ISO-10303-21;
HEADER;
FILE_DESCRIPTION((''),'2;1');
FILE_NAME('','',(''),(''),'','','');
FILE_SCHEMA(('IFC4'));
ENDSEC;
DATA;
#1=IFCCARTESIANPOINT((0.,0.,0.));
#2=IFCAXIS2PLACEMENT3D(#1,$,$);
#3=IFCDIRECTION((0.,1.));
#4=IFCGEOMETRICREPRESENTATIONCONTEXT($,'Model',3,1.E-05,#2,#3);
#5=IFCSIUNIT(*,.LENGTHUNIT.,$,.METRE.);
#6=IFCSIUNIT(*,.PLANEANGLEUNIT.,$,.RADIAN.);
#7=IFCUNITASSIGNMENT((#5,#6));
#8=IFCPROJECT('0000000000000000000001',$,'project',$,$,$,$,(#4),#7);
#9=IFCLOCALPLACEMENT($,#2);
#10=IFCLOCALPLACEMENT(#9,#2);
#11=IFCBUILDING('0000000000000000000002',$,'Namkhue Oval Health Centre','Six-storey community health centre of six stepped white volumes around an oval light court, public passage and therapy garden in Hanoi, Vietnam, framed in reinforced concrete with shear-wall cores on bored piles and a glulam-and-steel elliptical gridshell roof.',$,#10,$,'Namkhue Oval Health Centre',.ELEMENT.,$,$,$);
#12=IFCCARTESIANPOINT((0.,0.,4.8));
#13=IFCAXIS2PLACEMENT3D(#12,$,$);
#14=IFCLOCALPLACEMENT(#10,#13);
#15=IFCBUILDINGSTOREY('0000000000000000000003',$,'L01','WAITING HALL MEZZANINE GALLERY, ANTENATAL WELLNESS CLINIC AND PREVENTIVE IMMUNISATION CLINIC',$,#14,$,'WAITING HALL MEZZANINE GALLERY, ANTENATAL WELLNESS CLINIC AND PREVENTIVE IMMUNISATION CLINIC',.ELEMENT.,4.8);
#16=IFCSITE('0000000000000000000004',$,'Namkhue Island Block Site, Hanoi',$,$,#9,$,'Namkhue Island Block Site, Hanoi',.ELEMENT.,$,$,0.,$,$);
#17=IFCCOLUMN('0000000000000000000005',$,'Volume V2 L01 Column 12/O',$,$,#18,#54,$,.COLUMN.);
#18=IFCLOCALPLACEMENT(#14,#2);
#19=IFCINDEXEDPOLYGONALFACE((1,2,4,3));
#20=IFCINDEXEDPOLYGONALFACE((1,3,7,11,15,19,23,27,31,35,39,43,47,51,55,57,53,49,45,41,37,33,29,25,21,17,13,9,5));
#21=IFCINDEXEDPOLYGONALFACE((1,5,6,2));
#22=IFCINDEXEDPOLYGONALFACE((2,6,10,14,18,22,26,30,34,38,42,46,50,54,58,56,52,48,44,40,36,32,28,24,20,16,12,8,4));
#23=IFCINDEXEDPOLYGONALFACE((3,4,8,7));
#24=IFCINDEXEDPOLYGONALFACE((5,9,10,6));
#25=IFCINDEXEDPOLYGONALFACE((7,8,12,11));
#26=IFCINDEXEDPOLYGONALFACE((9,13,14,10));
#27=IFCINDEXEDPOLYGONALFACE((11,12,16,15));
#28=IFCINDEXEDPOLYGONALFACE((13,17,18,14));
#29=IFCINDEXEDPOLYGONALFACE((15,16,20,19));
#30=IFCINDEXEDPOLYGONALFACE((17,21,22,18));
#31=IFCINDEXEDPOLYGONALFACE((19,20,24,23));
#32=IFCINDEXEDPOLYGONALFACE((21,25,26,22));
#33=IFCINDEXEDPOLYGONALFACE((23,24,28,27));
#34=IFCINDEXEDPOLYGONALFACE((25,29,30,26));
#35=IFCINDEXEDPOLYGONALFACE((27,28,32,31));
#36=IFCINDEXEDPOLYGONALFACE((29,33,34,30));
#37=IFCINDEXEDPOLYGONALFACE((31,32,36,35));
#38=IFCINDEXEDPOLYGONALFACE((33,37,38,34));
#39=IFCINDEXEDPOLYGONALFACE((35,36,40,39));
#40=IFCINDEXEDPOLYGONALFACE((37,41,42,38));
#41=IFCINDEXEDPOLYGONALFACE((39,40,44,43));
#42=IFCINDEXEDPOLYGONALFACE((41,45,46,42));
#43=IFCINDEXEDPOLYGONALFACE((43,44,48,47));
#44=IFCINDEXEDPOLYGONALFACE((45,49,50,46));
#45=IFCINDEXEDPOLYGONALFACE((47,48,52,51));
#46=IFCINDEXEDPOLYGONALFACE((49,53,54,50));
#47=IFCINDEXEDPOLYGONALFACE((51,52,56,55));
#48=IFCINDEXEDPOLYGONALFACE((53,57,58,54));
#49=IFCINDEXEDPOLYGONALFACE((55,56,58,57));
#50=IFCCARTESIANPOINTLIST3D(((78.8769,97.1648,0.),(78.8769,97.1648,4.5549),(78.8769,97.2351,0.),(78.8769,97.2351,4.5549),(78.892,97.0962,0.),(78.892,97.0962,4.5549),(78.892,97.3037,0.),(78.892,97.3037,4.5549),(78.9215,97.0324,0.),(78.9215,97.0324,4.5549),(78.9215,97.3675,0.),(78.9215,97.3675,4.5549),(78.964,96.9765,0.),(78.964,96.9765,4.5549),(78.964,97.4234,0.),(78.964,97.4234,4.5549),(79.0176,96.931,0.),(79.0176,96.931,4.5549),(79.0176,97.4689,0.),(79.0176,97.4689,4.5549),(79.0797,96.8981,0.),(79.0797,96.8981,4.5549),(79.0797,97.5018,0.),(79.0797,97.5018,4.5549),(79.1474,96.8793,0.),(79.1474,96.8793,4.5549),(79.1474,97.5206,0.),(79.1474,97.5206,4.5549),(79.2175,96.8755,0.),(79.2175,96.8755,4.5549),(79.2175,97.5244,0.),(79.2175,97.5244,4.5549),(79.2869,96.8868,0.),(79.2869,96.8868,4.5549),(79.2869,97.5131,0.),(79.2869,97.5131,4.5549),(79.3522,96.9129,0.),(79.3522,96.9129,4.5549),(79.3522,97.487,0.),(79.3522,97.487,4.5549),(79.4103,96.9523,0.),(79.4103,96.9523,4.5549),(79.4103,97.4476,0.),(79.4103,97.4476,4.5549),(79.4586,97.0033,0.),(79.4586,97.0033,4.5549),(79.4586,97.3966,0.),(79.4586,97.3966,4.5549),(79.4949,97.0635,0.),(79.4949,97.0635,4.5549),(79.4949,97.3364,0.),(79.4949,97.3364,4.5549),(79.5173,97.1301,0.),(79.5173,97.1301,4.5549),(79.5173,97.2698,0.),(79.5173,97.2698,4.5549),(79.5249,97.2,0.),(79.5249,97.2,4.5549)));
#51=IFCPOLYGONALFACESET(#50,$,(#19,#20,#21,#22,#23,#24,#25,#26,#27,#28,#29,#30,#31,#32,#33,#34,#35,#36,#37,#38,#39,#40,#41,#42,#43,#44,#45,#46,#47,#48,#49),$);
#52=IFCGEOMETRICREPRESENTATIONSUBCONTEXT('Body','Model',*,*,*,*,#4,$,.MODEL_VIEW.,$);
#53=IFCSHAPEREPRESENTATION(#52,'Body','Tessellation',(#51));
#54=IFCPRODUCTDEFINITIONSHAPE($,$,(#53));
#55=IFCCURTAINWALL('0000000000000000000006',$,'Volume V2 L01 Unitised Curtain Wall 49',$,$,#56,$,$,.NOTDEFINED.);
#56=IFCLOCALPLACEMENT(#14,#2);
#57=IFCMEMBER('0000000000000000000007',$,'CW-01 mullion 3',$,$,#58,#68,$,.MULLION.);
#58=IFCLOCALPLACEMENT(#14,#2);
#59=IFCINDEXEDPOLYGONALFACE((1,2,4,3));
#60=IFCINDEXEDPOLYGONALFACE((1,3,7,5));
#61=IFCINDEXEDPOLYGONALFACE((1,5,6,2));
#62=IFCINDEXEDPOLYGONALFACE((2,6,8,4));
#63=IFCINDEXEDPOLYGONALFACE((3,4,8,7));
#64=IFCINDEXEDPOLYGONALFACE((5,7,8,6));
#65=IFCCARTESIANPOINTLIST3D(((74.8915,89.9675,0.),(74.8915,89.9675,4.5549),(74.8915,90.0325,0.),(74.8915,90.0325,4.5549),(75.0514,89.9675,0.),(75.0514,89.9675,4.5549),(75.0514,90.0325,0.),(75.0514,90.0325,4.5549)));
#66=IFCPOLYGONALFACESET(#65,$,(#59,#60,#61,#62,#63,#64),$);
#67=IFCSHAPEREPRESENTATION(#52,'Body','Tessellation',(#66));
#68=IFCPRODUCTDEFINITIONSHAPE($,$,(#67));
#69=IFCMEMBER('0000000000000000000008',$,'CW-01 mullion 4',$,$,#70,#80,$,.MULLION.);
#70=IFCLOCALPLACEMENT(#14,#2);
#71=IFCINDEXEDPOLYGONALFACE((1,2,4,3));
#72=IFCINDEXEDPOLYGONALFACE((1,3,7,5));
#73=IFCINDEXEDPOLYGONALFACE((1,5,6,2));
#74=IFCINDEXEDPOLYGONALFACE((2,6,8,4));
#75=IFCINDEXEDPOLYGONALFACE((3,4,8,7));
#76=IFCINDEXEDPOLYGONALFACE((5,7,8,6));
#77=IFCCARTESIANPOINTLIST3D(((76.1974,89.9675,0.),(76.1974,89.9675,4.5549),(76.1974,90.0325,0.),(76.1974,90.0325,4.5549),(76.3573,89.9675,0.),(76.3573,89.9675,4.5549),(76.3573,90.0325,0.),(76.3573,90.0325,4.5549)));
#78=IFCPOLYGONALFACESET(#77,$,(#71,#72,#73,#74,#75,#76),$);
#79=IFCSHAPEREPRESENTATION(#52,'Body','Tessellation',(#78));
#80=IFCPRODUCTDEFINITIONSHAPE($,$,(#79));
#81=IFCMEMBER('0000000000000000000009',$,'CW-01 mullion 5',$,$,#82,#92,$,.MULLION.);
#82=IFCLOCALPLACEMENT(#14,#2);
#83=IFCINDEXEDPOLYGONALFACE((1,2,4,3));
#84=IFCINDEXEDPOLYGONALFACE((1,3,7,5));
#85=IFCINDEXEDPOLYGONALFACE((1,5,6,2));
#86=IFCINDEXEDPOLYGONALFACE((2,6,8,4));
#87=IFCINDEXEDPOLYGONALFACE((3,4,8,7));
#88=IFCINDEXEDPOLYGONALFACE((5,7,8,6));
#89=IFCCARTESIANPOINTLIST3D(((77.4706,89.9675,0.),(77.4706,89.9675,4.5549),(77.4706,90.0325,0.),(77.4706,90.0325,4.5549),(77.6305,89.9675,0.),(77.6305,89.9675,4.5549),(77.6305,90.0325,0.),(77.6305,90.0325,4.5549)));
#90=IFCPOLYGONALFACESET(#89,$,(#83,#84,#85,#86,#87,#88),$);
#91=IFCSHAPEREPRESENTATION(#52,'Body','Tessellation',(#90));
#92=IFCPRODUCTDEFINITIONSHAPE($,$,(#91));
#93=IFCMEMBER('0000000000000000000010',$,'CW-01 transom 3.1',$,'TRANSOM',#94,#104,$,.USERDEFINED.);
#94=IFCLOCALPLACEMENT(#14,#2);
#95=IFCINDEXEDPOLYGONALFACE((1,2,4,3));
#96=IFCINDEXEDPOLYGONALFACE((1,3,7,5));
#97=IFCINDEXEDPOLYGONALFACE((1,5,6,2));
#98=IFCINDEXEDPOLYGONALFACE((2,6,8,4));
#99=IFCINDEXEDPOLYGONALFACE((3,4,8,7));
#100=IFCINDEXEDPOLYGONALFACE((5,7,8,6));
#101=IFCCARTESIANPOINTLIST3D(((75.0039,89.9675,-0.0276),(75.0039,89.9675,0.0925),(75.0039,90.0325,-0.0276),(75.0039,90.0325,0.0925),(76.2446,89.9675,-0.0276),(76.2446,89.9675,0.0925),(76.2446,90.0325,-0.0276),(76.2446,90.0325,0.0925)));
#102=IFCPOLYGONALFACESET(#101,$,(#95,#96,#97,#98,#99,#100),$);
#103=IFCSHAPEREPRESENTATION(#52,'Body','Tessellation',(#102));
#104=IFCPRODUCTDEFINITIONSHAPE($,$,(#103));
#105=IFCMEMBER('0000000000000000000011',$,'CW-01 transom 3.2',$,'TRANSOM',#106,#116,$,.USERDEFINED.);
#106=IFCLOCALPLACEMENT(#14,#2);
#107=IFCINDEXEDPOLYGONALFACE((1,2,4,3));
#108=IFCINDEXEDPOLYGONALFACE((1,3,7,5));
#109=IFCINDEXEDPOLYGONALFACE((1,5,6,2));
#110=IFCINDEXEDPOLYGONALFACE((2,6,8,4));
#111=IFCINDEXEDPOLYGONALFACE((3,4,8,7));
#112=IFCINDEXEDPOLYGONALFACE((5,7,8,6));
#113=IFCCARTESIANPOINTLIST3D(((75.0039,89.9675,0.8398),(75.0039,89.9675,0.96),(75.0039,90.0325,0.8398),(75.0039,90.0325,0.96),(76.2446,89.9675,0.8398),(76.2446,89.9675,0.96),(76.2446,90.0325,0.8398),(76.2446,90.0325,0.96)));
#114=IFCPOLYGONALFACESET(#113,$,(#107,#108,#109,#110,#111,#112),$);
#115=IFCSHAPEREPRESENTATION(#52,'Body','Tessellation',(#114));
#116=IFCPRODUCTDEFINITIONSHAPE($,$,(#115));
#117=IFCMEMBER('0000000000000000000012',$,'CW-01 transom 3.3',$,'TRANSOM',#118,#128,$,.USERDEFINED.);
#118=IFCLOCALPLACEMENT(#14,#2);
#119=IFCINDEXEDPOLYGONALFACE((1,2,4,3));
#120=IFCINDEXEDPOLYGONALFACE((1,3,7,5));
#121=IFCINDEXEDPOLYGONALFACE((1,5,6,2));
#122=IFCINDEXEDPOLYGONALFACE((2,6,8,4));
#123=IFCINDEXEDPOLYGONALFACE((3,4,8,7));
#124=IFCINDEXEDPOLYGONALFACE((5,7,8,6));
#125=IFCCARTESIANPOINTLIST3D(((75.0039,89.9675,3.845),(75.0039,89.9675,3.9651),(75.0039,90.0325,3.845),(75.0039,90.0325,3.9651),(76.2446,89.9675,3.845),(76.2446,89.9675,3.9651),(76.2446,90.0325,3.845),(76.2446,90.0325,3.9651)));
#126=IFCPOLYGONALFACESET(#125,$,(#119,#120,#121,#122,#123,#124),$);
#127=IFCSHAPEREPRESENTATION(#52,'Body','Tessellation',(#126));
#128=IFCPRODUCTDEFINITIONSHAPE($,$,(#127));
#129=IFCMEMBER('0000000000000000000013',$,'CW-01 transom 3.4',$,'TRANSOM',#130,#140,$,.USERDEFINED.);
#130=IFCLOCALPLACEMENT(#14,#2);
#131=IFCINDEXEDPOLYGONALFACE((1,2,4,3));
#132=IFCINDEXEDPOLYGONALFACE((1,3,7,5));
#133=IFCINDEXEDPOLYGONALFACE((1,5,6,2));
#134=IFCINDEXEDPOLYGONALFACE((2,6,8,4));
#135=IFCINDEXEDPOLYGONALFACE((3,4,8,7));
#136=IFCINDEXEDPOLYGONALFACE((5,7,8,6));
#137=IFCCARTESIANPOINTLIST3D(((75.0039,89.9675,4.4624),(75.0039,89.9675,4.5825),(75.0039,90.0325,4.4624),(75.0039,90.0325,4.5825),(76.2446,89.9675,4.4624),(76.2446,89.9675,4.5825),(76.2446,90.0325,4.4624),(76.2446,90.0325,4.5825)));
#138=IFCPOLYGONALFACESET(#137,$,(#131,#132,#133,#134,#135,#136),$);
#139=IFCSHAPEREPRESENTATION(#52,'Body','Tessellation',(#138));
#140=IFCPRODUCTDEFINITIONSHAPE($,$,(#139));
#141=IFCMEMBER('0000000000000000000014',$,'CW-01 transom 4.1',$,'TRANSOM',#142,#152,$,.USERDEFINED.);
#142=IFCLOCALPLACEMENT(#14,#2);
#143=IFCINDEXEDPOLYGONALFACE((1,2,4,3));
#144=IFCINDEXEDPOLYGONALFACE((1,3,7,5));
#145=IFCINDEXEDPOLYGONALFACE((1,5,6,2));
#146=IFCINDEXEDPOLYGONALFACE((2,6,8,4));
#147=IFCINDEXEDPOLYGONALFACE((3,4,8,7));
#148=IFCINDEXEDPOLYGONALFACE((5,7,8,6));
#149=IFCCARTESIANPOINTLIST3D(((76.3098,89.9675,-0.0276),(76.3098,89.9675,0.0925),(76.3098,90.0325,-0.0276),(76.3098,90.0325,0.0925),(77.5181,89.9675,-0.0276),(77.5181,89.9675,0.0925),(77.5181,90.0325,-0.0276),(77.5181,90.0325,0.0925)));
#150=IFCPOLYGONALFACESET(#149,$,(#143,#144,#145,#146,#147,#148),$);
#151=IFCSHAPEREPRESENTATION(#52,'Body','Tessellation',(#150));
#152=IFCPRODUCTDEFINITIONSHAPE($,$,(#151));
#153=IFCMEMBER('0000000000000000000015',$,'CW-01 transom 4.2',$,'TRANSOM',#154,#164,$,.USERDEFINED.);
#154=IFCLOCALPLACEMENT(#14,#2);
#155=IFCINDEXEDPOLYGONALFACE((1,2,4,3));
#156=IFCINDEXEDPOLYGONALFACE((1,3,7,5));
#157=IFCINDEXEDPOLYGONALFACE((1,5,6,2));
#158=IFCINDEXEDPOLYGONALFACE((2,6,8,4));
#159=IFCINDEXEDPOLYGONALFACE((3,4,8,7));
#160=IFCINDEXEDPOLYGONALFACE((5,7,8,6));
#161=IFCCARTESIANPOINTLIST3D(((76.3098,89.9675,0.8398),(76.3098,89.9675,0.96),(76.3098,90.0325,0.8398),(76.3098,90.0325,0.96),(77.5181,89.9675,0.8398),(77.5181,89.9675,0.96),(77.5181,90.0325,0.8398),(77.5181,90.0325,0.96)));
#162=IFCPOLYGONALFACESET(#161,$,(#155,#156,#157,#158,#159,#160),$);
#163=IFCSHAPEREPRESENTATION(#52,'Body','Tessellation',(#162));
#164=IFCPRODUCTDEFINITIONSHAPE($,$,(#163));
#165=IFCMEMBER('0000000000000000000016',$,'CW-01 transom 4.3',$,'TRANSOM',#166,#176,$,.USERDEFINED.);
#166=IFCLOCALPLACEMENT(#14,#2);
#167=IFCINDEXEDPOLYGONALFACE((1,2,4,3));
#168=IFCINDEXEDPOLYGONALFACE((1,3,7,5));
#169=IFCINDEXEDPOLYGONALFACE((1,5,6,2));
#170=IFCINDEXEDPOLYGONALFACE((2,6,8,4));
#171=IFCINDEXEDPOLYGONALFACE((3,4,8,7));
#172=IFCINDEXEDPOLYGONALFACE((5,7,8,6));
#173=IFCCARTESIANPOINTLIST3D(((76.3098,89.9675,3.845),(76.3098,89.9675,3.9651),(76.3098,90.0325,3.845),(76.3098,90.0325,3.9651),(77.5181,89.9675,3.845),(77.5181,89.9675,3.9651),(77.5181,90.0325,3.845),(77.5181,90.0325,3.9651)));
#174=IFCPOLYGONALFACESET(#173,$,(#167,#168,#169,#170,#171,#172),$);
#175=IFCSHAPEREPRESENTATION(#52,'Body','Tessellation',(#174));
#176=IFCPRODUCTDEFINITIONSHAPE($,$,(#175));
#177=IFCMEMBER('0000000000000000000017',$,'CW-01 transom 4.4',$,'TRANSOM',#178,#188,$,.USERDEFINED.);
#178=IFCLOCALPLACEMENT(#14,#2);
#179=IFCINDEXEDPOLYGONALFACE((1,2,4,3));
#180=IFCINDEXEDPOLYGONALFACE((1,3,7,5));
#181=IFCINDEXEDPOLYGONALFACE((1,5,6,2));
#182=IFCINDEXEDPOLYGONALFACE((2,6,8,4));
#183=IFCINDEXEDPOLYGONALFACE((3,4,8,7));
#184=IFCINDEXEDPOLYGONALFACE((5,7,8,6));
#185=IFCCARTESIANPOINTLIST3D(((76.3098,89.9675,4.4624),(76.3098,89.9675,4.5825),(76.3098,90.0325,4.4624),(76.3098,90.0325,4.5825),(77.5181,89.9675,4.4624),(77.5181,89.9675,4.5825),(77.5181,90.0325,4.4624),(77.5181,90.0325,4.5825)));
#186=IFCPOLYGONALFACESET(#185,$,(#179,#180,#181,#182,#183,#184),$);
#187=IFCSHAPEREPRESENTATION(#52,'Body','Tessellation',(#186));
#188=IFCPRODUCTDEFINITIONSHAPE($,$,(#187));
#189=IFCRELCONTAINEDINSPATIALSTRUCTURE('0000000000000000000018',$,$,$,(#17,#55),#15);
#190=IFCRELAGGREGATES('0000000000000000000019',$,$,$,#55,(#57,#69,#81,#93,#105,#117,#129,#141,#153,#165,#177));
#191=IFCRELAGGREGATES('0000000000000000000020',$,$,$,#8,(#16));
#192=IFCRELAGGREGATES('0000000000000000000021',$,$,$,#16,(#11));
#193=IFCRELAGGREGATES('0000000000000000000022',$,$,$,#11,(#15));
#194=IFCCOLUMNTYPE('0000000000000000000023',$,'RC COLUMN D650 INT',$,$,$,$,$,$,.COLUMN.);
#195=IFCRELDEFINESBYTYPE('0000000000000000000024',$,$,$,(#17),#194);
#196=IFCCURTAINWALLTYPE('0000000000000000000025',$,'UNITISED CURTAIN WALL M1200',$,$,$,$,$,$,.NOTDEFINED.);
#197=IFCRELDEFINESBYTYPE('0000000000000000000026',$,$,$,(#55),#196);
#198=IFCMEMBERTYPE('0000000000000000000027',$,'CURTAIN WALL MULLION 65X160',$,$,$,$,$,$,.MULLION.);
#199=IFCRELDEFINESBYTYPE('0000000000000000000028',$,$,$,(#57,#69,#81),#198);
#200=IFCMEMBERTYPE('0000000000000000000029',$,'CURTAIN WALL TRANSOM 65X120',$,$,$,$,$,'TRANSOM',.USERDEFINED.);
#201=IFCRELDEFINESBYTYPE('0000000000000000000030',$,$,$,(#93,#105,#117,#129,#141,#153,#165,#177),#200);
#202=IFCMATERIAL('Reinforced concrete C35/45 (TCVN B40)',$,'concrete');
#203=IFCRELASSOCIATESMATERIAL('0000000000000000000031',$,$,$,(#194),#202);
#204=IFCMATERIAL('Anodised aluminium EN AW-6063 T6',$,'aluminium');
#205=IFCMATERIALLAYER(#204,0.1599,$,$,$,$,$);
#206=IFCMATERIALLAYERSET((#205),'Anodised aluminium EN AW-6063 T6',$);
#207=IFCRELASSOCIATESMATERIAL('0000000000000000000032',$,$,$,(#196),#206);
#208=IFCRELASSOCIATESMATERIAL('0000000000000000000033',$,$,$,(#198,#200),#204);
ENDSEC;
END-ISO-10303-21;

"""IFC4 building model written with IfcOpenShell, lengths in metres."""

from ifc_helpers import new_model, si_unit, direction, frame, origin, origin_2d, place, context, subcontext, project, spatial, rectangle, circle, extrude, material, layer, layer_set, material_profile, profile_set, type_object, element, aggregate, save


model = new_model("IFC4")

# Units and contexts
model_context = context("Model", 3, precision=1e-05, world=origin(), true_north=direction((0.0, 1.0)))
body_context = subcontext(model_context, "Body", "Model", "MODEL_VIEW")
ifc_project = project(units=[si_unit("LENGTHUNIT", "METRE"), si_unit("PLANEANGLEUNIT", "RADIAN")], contexts=[model_context])

# Site, building, storey
site_placement = place(None, origin())
site = spatial("IfcSite", under=ifc_project, at=site_placement, Name="Namkhue Island Block Site, Hanoi", LongName="Namkhue Island Block Site, Hanoi", CompositionType="ELEMENT", RefElevation=0.0)
building_placement = place(site_placement, origin())
building = spatial("IfcBuilding", under=site, at=building_placement, Name="Namkhue Oval Health Centre", Description="Six-storey community health centre of six stepped white volumes around an oval light court, public passage and therapy garden in Hanoi, Vietnam, framed in reinforced concrete with shear-wall cores on bored piles and a glulam-and-steel elliptical gridshell roof.", LongName="Namkhue Oval Health Centre", CompositionType="ELEMENT")
storey_placement = place(building_placement, frame((0.0, 0.0, 4.8)))
storey = spatial("IfcBuildingStorey", under=building, at=storey_placement, Name="L01", Description="WAITING HALL MEZZANINE GALLERY, ANTENATAL WELLNESS CLINIC AND PREVENTIVE IMMUNISATION CLINIC", LongName="WAITING HALL MEZZANINE GALLERY, ANTENATAL WELLNESS CLINIC AND PREVENTIVE IMMUNISATION CLINIC", CompositionType="ELEMENT", Elevation=4.8)

# Column
ifc_material_1 = material(Name="Reinforced concrete C35/45 (TCVN B40)", Category="concrete")
ifc_material_profile_1 = material_profile(ifc_material_1, circle(Radius=0.325, at=origin_2d()), Name="RC D650")
ifc_profile_set_1 = profile_set([ifc_material_profile_1], Name="Reinforced concrete C35/45 (TCVN B40)")
column_type = type_object("IfcColumnType", Name="RC COLUMN D650 INT", PredefinedType="COLUMN", material=ifc_profile_set_1)
column_placement = place(storey_placement, frame((79.2, 97.2, 0.0), z_axis=(0.0, 0.0, 1.0), x_axis=(1.0, 0.0, 0.0)))
element("IfcColumn", 1, at=column_placement, inside=storey, type_object=column_type, Name="Volume V2 L01 Column 12/O", PredefinedType="COLUMN", context=body_context, shape_type="SweptSolid", body=[
    extrude(circle(Radius=0.325, at=origin_2d()), origin(), (0.0, 0.0, 1.0), 4.5549),
])

# Curtain wall, members
ifc_material_2 = material(Name="Anodised aluminium EN AW-6063 T6", Category="aluminium")
ifc_layer_1 = layer(ifc_material_2, 0.1599)
ifc_layer_set_1 = layer_set([ifc_layer_1], Name="Anodised aluminium EN AW-6063 T6")
curtain_wall_type = type_object("IfcCurtainWallType", Name="UNITISED CURTAIN WALL M1200", PredefinedType="NOTDEFINED", material=ifc_layer_set_1)
curtain_wall_placement = place(storey_placement, origin())
curtain_wall = element("IfcCurtainWall", 2, at=curtain_wall_placement, inside=storey, type_object=curtain_wall_type, Name="Volume V2 L01 Unitised Curtain Wall 49", PredefinedType="NOTDEFINED")
ifc_material_profile_2 = material_profile(ifc_material_2, rectangle(XDim=0.0649, YDim=0.1599, at=origin_2d()), Name="ALU 65x160")
ifc_profile_set_2 = profile_set([ifc_material_profile_2], Name="Anodised aluminium EN AW-6063 T6")
member_type_1 = type_object("IfcMemberType", Name="CURTAIN WALL MULLION 65X160", PredefinedType="MULLION", material=ifc_profile_set_2)
member_1_placement = place(storey_placement, frame((74.9714, 90.0, 0.0), z_axis=(0.0, 0.0, 1.0), x_axis=(0.0, 1.0, 0.0)))
member_1 = element("IfcMember", 3, at=member_1_placement, type_object=member_type_1, Name="CW-01 mullion 3", PredefinedType="MULLION", context=body_context, shape_type="SweptSolid", body=[
    extrude(rectangle(XDim=0.0649, YDim=0.1599, at=origin_2d()), origin(), (0.0, 0.0, 1.0), 4.5549),
])
member_2_placement = place(storey_placement, frame((76.2773, 90.0, 0.0), z_axis=(0.0, 0.0, 1.0), x_axis=(0.0, 1.0, 0.0)))
member_2 = element("IfcMember", 4, at=member_2_placement, type_object=member_type_1, Name="CW-01 mullion 4", PredefinedType="MULLION", context=body_context, shape_type="SweptSolid", body=[
    extrude(rectangle(XDim=0.0649, YDim=0.1599, at=origin_2d()), origin(), (0.0, 0.0, 1.0), 4.5549),
])
member_3_placement = place(storey_placement, frame((77.5505, 90.0, 0.0), z_axis=(0.0, 0.0, 1.0), x_axis=(0.0, 1.0, 0.0)))
member_3 = element("IfcMember", 5, at=member_3_placement, type_object=member_type_1, Name="CW-01 mullion 5", PredefinedType="MULLION", context=body_context, shape_type="SweptSolid", body=[
    extrude(rectangle(XDim=0.0649, YDim=0.1599, at=origin_2d()), origin(), (0.0, 0.0, 1.0), 4.5549),
])
ifc_material_profile_3 = material_profile(ifc_material_2, rectangle(XDim=0.0649, YDim=0.1201, at=origin_2d()), Name="ALU 65x120")
ifc_profile_set_3 = profile_set([ifc_material_profile_3], Name="Anodised aluminium EN AW-6063 T6")
member_type_2 = type_object("IfcMemberType", Name="CURTAIN WALL TRANSOM 65X120", ElementType="TRANSOM", PredefinedType="USERDEFINED", material=ifc_profile_set_3)
member_4_placement = place(storey_placement, frame((75.0039, 90.0, 0.0325), z_axis=(1.0, 0.0, 0.0), x_axis=(0.0, 1.0, 0.0)))
member_4 = element("IfcMember", 6, at=member_4_placement, type_object=member_type_2, Name="CW-01 transom 3.1", ObjectType="TRANSOM", PredefinedType="USERDEFINED", context=body_context, shape_type="SweptSolid", body=[
    extrude(rectangle(XDim=0.0649, YDim=0.1201, at=origin_2d()), origin(), (0.0, 0.0, 1.0), 1.2407),
])
member_5_placement = place(storey_placement, frame((75.0039, 90.0, 0.8999), z_axis=(1.0, 0.0, 0.0), x_axis=(0.0, 1.0, 0.0)))
member_5 = element("IfcMember", 7, at=member_5_placement, type_object=member_type_2, Name="CW-01 transom 3.2", ObjectType="TRANSOM", PredefinedType="USERDEFINED", context=body_context, shape_type="SweptSolid", body=[
    extrude(rectangle(XDim=0.0649, YDim=0.1201, at=origin_2d()), origin(), (0.0, 0.0, 1.0), 1.2407),
])
member_6_placement = place(storey_placement, frame((75.0039, 90.0, 3.905), z_axis=(1.0, 0.0, 0.0), x_axis=(0.0, 1.0, 0.0)))
member_6 = element("IfcMember", 8, at=member_6_placement, type_object=member_type_2, Name="CW-01 transom 3.3", ObjectType="TRANSOM", PredefinedType="USERDEFINED", context=body_context, shape_type="SweptSolid", body=[
    extrude(rectangle(XDim=0.0649, YDim=0.1201, at=origin_2d()), origin(), (0.0, 0.0, 1.0), 1.2407),
])
member_7_placement = place(storey_placement, frame((75.0039, 90.0, 4.5225), z_axis=(1.0, 0.0, 0.0), x_axis=(0.0, 1.0, 0.0)))
member_7 = element("IfcMember", 9, at=member_7_placement, type_object=member_type_2, Name="CW-01 transom 3.4", ObjectType="TRANSOM", PredefinedType="USERDEFINED", context=body_context, shape_type="SweptSolid", body=[
    extrude(rectangle(XDim=0.0649, YDim=0.1201, at=origin_2d()), origin(), (0.0, 0.0, 1.0), 1.2407),
])
member_8_placement = place(storey_placement, frame((76.3098, 90.0, 0.0325), z_axis=(1.0, 0.0, 0.0), x_axis=(0.0, 1.0, 0.0)))
member_8 = element("IfcMember", 10, at=member_8_placement, type_object=member_type_2, Name="CW-01 transom 4.1", ObjectType="TRANSOM", PredefinedType="USERDEFINED", context=body_context, shape_type="SweptSolid", body=[
    extrude(rectangle(XDim=0.0649, YDim=0.1201, at=origin_2d()), origin(), (0.0, 0.0, 1.0), 1.2083),
])
member_9_placement = place(storey_placement, frame((76.3098, 90.0, 0.8999), z_axis=(1.0, 0.0, 0.0), x_axis=(0.0, 1.0, 0.0)))
member_9 = element("IfcMember", 11, at=member_9_placement, type_object=member_type_2, Name="CW-01 transom 4.2", ObjectType="TRANSOM", PredefinedType="USERDEFINED", context=body_context, shape_type="SweptSolid", body=[
    extrude(rectangle(XDim=0.0649, YDim=0.1201, at=origin_2d()), origin(), (0.0, 0.0, 1.0), 1.2083),
])
member_10_placement = place(storey_placement, frame((76.3098, 90.0, 3.905), z_axis=(1.0, 0.0, 0.0), x_axis=(0.0, 1.0, 0.0)))
member_10 = element("IfcMember", 12, at=member_10_placement, type_object=member_type_2, Name="CW-01 transom 4.3", ObjectType="TRANSOM", PredefinedType="USERDEFINED", context=body_context, shape_type="SweptSolid", body=[
    extrude(rectangle(XDim=0.0649, YDim=0.1201, at=origin_2d()), origin(), (0.0, 0.0, 1.0), 1.2083),
])
member_11_placement = place(storey_placement, frame((76.3098, 90.0, 4.5225), z_axis=(1.0, 0.0, 0.0), x_axis=(0.0, 1.0, 0.0)))
member_11 = element("IfcMember", 13, at=member_11_placement, type_object=member_type_2, Name="CW-01 transom 4.4", ObjectType="TRANSOM", PredefinedType="USERDEFINED", context=body_context, shape_type="SweptSolid", body=[
    extrude(rectangle(XDim=0.0649, YDim=0.1201, at=origin_2d()), origin(), (0.0, 0.0, 1.0), 1.2083),
])

aggregate(curtain_wall, [member_1, member_2, member_3, member_4, member_5, member_6, member_7, member_8, member_9, member_10, member_11])

save(model, "model.ifc")
